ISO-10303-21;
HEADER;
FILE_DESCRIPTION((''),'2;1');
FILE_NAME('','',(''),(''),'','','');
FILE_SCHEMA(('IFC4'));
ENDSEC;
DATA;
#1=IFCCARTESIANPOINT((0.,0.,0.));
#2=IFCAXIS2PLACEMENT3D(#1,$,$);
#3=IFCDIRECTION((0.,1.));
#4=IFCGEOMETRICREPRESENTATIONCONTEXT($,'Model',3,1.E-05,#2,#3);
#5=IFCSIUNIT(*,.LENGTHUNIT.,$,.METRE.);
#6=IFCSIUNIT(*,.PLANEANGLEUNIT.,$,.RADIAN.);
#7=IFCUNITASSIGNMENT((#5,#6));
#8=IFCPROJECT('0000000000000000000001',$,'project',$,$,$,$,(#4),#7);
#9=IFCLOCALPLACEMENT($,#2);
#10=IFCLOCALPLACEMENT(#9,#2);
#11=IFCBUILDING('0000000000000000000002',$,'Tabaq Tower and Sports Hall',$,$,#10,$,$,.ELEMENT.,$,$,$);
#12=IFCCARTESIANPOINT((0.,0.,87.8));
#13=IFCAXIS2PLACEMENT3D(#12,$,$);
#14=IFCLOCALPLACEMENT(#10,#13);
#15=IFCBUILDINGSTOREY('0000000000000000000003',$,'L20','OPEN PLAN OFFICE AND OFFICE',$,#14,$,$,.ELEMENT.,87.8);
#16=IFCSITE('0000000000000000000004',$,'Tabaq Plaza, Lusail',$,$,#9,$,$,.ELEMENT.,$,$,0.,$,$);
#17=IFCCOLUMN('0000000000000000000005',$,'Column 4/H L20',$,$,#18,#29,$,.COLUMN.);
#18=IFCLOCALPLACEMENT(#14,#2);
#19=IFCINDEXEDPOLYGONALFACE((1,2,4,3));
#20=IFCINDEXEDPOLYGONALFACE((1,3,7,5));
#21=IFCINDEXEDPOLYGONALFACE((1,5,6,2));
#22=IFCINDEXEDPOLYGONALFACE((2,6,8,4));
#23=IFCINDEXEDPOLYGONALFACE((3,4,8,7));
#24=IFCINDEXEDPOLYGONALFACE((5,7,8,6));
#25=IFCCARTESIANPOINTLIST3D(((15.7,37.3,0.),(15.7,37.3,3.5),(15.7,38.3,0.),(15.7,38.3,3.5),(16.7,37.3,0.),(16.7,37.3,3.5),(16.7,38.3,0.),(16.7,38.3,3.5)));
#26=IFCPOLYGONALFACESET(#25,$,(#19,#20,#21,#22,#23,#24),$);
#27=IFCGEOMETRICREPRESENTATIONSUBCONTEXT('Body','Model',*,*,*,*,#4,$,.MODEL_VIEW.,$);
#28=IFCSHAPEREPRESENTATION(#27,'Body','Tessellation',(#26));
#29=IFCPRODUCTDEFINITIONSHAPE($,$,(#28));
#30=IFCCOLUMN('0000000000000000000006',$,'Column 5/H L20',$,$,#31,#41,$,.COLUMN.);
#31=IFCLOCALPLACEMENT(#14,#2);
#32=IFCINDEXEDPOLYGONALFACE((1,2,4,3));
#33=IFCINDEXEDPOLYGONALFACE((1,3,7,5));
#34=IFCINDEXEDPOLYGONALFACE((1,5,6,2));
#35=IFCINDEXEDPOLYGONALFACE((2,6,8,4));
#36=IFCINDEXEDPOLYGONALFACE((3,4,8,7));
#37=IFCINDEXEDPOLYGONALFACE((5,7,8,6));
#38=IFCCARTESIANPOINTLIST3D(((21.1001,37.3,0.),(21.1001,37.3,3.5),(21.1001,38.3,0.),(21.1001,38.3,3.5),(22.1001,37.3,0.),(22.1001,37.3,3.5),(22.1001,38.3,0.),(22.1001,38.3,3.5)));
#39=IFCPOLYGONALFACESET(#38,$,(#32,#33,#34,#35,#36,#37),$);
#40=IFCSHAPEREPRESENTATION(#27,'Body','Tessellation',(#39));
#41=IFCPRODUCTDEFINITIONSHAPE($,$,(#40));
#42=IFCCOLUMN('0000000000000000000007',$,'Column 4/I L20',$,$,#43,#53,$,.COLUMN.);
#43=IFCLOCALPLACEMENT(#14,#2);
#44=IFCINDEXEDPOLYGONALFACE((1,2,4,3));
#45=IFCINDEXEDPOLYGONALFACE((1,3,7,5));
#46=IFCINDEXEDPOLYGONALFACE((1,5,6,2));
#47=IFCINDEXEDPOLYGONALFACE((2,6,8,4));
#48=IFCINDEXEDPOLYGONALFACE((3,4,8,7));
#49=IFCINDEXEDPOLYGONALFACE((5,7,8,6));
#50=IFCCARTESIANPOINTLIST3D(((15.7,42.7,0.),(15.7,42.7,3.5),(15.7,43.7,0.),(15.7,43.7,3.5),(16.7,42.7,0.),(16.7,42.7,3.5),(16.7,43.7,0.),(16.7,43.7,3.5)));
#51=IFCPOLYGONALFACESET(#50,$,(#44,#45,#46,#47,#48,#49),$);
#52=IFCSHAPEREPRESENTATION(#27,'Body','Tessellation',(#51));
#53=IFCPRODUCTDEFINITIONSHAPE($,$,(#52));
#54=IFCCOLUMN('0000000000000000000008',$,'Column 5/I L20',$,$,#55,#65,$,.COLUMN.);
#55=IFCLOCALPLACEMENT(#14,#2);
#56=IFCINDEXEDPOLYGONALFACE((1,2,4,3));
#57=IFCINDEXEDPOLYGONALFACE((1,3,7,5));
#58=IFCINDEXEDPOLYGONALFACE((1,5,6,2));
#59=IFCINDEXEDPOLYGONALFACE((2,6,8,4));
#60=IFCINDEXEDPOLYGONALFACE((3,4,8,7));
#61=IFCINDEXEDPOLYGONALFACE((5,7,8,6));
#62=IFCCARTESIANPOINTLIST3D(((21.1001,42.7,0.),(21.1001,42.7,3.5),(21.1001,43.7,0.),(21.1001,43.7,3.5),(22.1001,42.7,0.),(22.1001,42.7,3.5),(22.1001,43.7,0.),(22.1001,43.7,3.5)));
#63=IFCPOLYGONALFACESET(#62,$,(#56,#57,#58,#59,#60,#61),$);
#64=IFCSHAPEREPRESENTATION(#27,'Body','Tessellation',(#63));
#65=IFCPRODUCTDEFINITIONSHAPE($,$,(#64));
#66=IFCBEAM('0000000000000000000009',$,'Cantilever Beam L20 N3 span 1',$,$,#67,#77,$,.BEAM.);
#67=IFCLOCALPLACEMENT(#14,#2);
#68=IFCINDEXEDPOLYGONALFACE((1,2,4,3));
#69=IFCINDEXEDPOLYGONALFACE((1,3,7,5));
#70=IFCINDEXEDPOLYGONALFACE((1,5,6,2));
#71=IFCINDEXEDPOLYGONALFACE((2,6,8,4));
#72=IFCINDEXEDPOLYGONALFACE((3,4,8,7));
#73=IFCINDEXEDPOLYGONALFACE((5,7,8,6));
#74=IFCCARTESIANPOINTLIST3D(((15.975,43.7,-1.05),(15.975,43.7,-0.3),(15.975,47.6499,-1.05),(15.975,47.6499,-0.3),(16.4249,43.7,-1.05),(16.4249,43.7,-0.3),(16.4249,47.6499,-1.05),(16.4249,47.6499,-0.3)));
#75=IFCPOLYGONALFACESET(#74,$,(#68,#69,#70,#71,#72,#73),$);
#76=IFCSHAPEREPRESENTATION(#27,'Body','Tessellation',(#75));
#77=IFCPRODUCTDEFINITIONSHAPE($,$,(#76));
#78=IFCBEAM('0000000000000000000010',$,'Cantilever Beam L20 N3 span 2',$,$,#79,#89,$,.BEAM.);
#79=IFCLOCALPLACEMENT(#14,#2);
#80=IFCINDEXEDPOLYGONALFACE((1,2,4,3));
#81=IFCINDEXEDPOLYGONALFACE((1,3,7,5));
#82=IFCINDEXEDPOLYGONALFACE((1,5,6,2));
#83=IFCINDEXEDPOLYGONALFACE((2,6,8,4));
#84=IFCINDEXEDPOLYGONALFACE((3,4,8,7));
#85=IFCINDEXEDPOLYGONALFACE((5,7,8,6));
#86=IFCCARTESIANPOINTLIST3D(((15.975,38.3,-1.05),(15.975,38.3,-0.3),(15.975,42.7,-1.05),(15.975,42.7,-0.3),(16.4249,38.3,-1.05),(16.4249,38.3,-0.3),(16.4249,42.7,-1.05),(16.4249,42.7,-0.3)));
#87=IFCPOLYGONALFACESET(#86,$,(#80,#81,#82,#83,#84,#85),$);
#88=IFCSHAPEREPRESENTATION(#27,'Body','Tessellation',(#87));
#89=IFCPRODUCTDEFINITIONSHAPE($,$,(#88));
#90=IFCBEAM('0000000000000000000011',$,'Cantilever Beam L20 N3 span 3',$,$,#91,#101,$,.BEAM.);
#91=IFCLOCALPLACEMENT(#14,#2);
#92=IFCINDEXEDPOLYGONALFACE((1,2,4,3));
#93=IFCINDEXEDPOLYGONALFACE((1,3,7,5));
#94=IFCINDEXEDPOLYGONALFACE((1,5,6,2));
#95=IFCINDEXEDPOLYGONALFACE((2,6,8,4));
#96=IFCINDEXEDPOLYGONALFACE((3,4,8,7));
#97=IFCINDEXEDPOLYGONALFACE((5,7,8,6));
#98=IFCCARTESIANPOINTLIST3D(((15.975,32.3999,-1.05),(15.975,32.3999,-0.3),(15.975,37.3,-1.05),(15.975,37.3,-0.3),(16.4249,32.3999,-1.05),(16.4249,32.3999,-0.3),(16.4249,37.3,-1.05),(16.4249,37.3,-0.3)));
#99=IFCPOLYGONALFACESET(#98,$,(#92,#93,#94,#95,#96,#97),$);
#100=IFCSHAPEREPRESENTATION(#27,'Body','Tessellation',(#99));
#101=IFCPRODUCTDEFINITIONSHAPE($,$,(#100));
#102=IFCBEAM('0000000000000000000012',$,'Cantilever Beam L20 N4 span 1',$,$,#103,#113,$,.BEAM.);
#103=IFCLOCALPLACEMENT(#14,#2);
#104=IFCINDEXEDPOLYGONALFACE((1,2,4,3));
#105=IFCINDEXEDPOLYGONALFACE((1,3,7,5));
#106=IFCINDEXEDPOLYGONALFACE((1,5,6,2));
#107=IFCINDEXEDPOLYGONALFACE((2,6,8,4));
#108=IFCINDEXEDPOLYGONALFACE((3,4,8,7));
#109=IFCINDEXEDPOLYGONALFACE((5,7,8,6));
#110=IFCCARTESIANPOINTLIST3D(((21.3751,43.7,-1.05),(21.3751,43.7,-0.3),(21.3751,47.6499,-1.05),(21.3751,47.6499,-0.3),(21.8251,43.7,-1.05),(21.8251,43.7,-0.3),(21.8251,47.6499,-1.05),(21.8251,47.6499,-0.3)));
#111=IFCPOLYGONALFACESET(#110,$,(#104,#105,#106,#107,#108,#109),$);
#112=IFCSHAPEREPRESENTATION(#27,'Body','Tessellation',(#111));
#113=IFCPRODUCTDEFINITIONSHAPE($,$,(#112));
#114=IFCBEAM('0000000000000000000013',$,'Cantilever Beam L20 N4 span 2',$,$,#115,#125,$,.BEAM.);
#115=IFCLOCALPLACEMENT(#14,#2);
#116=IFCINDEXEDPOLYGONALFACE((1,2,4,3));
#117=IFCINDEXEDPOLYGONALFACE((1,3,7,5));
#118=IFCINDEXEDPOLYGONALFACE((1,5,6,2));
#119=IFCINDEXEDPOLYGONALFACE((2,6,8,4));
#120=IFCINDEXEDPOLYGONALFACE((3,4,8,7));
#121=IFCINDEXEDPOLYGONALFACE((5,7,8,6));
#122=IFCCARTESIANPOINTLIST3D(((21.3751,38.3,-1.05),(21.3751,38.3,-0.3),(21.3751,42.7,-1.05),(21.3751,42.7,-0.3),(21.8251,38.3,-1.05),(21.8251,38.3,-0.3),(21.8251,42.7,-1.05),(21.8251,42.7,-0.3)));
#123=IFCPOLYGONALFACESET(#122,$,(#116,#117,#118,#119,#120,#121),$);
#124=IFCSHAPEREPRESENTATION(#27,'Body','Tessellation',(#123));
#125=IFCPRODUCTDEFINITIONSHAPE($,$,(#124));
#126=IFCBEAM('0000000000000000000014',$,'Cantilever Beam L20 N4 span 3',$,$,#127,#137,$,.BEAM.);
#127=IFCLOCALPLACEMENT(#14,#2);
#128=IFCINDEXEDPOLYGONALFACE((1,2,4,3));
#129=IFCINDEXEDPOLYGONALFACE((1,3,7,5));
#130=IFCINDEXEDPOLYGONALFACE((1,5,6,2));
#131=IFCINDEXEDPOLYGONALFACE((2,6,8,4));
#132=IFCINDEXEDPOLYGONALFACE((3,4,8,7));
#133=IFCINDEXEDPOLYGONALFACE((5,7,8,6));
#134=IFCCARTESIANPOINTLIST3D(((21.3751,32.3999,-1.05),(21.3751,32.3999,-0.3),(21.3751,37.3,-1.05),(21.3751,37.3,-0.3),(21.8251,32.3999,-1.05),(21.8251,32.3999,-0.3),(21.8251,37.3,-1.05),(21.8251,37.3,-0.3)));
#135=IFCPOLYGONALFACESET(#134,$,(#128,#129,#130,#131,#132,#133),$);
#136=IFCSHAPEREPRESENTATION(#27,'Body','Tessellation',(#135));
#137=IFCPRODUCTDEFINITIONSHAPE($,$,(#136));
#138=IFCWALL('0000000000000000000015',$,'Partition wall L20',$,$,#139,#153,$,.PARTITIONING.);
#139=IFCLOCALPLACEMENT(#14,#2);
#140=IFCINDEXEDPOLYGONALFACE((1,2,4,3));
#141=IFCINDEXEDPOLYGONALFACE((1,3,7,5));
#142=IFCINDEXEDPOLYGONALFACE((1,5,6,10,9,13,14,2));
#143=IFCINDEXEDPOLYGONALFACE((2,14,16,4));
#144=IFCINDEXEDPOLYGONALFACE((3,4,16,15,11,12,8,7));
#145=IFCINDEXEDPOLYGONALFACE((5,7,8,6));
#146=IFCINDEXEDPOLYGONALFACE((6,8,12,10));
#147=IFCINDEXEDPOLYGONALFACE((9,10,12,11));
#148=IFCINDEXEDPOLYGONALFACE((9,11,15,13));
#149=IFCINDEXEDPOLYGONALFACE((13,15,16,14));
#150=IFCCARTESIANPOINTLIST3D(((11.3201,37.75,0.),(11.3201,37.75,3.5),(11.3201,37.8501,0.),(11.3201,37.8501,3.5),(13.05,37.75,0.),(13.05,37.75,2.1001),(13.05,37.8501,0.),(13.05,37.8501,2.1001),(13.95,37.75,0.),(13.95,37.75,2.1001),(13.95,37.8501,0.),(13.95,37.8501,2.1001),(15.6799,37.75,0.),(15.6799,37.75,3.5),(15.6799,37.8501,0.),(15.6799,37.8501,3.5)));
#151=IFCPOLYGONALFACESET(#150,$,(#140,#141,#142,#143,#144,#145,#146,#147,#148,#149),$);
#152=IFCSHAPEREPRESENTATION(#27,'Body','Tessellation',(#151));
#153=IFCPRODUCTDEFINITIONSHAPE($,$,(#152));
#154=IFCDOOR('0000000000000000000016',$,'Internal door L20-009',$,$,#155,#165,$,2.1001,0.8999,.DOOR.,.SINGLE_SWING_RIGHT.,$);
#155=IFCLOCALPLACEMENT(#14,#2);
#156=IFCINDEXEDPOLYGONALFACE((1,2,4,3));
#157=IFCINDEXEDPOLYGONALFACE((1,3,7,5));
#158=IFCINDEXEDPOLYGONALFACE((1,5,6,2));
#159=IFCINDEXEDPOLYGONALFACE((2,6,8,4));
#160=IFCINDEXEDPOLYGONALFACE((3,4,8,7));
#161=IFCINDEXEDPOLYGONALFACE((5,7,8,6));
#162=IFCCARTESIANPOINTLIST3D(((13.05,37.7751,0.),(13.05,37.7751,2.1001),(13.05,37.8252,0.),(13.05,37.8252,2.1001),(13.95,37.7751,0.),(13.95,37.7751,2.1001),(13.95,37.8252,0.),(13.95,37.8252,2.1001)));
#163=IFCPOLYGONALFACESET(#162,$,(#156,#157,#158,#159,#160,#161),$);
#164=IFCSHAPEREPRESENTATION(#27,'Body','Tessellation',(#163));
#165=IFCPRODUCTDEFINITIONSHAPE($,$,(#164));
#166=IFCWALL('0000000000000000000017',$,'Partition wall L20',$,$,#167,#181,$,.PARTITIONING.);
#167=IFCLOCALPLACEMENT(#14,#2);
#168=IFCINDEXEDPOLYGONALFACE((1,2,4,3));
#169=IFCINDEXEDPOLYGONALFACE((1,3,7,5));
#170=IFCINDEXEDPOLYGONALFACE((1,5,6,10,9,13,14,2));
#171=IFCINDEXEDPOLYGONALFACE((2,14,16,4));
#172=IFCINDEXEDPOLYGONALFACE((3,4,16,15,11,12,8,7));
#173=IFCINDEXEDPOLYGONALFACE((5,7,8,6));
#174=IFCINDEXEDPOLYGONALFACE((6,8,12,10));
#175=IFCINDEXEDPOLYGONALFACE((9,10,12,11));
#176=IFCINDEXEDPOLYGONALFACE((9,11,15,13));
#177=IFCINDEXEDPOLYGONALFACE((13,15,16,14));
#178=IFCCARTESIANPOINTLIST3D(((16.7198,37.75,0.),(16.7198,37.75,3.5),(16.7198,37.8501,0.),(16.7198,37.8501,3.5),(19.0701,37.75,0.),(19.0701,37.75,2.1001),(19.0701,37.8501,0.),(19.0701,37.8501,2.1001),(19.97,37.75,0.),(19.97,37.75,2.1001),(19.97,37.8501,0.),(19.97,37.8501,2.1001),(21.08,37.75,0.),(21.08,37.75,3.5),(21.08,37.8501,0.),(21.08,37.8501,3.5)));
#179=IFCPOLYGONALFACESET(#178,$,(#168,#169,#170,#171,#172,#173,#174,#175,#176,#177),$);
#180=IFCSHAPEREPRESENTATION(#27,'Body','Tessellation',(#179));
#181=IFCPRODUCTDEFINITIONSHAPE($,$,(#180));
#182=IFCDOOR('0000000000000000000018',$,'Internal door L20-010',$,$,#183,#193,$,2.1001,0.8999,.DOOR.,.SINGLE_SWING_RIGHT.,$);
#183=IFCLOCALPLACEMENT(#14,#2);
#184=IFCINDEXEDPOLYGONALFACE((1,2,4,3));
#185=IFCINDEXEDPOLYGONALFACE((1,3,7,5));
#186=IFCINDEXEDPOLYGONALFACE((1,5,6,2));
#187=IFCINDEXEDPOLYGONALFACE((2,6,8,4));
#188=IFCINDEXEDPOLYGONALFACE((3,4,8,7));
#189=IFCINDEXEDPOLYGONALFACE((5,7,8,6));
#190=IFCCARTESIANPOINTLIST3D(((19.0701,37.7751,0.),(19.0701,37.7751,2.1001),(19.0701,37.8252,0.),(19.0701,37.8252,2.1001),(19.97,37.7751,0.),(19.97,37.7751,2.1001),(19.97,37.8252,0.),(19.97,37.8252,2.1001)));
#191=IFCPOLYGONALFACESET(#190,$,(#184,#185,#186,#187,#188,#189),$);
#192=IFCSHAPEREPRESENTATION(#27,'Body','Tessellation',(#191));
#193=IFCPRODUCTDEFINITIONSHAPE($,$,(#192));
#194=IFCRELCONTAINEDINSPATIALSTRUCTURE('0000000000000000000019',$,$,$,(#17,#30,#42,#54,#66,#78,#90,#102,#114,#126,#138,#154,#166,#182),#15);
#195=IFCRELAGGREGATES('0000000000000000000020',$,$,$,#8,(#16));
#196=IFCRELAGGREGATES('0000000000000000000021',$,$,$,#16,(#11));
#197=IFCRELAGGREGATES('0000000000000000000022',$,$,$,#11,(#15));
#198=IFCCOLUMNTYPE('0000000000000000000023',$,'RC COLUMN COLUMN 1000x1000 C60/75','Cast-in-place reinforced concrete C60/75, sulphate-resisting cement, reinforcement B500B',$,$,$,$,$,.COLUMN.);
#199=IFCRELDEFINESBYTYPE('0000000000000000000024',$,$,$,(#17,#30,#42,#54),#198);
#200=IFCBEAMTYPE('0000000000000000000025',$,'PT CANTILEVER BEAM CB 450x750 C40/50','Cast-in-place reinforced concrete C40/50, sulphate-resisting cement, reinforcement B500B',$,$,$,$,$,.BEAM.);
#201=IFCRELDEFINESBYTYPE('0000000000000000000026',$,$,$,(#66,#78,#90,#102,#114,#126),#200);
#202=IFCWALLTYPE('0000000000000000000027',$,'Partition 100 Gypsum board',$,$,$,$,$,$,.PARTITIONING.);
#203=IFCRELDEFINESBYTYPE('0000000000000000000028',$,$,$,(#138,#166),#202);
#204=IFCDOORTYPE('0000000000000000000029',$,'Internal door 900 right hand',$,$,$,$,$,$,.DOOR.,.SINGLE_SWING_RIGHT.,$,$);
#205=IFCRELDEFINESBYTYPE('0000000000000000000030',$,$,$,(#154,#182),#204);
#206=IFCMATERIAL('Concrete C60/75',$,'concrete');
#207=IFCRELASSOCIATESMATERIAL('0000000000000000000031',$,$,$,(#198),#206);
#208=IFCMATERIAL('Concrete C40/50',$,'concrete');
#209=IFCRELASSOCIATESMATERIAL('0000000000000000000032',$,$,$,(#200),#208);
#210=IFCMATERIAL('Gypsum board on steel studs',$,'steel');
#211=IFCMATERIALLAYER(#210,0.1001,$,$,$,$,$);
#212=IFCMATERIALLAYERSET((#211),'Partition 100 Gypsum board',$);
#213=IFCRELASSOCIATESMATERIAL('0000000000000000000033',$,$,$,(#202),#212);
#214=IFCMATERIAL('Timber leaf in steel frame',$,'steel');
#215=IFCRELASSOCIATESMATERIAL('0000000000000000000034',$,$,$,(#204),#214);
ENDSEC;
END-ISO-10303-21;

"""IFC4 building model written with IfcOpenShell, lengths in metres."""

from ifc_helpers import new_model, si_unit, direction, frame, frame_2d, origin, origin_2d, place, context, subcontext, project, spatial, rectangle, extrude, material, layer, layer_set, material_profile, profile_set, type_object, element, fill, save


model = new_model("IFC4")

# Units and contexts
model_context = context("Model", 3, precision=1e-05, world=origin(), true_north=direction((0.0, 1.0)))
body_context = subcontext(model_context, "Body", "Model", "MODEL_VIEW")
ifc_project = project(units=[si_unit("LENGTHUNIT", "METRE"), si_unit("PLANEANGLEUNIT", "RADIAN")], contexts=[model_context])

# Site, building, storey
site_placement = place(None, origin())
site = spatial("IfcSite", under=ifc_project, at=site_placement, Name="Tabaq Plaza, Lusail", CompositionType="ELEMENT", RefElevation=0.0)
building_placement = place(site_placement, origin())
building = spatial("IfcBuilding", under=site, at=building_placement, Name="Tabaq Tower and Sports Hall", CompositionType="ELEMENT")
storey_placement = place(building_placement, frame((0.0, 0.0, 87.8)))
storey = spatial("IfcBuildingStorey", under=building, at=storey_placement, Name="L20", Description="OPEN PLAN OFFICE AND OFFICE", CompositionType="ELEMENT", Elevation=87.8)

# Columns
ifc_material_1 = material(Name="Concrete C60/75", Category="concrete")
ifc_material_profile_1 = material_profile(ifc_material_1, rectangle(XDim=1.0, YDim=1.0, at=origin_2d()), Name="COLUMN 1000x1000")
ifc_profile_set_1 = profile_set([ifc_material_profile_1], Name="Concrete C60/75")
column_type = type_object("IfcColumnType", Name="RC COLUMN COLUMN 1000x1000 C60/75", Description="Cast-in-place reinforced concrete C60/75, sulphate-resisting cement, reinforcement B500B", PredefinedType="COLUMN", material=ifc_profile_set_1)
for number, where, z_axis, x_axis, name in (
    (1, (16.2, 37.8, 0.0), (0.0, 0.0, 1.0), (1.0, 0.0, 0.0), "Column 4/H L20"),
    (2, (21.6001, 37.8, 0.0), (0.0, 0.0, 1.0), (1.0, 0.0, 0.0), "Column 5/H L20"),
    (3, (16.2, 43.2, 0.0), (0.0, 0.0, 1.0), (1.0, 0.0, 0.0), "Column 4/I L20"),
    (4, (21.6001, 43.2, 0.0), (0.0, 0.0, 1.0), (1.0, 0.0, 0.0), "Column 5/I L20"),
):
    element("IfcColumn", number, at=place(storey_placement, frame(where, z_axis=z_axis, x_axis=x_axis)), inside=storey, type_object=column_type, Name=name, PredefinedType="COLUMN", context=body_context, shape_type="SweptSolid", body=[
        extrude(rectangle(XDim=1.0, YDim=1.0, at=origin_2d()), origin(), (0.0, 0.0, 1.0), 3.5),
    ])

# Beams
ifc_material_2 = material(Name="Concrete C40/50", Category="concrete")
ifc_material_profile_2 = material_profile(ifc_material_2, rectangle(XDim=0.45, YDim=0.75, at=origin_2d()), Name="CB 450x750")
ifc_profile_set_2 = profile_set([ifc_material_profile_2], Name="Concrete C40/50")
beam_type = type_object("IfcBeamType", Name="PT CANTILEVER BEAM CB 450x750 C40/50", Description="Cast-in-place reinforced concrete C40/50, sulphate-resisting cement, reinforcement B500B", PredefinedType="BEAM", material=ifc_profile_set_2)
beam_1_placement = place(storey_placement, frame((16.2, 47.6499, -0.675), z_axis=(0.0, -1.0, 0.0), x_axis=(1.0, 0.0, 0.0)))
element("IfcBeam", 5, at=beam_1_placement, inside=storey, type_object=beam_type, Name="Cantilever Beam L20 N3 span 1", PredefinedType="BEAM", context=body_context, shape_type="SweptSolid", body=[
    extrude(rectangle(XDim=0.45, YDim=0.75, at=origin_2d()), origin(), (0.0, 0.0, 1.0), 3.95),
])
beam_2_placement = place(storey_placement, frame((16.2, 42.7, -0.675), z_axis=(0.0, -1.0, 0.0), x_axis=(1.0, 0.0, 0.0)))
element("IfcBeam", 6, at=beam_2_placement, inside=storey, type_object=beam_type, Name="Cantilever Beam L20 N3 span 2", PredefinedType="BEAM", context=body_context, shape_type="SweptSolid", body=[
    extrude(rectangle(XDim=0.45, YDim=0.75, at=origin_2d()), origin(), (0.0, 0.0, 1.0), 4.3999),
])
beam_3_placement = place(storey_placement, frame((16.2, 37.3, -0.675), z_axis=(0.0, -1.0, 0.0), x_axis=(1.0, 0.0, 0.0)))
element("IfcBeam", 7, at=beam_3_placement, inside=storey, type_object=beam_type, Name="Cantilever Beam L20 N3 span 3", PredefinedType="BEAM", context=body_context, shape_type="SweptSolid", body=[
    extrude(rectangle(XDim=0.45, YDim=0.75, at=origin_2d()), origin(), (0.0, 0.0, 1.0), 4.9001),
])
beam_4_placement = place(storey_placement, frame((21.6001, 47.6499, -0.675), z_axis=(0.0, -1.0, 0.0), x_axis=(1.0, 0.0, 0.0)))
element("IfcBeam", 8, at=beam_4_placement, inside=storey, type_object=beam_type, Name="Cantilever Beam L20 N4 span 1", PredefinedType="BEAM", context=body_context, shape_type="SweptSolid", body=[
    extrude(rectangle(XDim=0.45, YDim=0.75, at=origin_2d()), origin(), (0.0, 0.0, 1.0), 3.95),
])
beam_5_placement = place(storey_placement, frame((21.6001, 42.7, -0.675), z_axis=(0.0, -1.0, 0.0), x_axis=(1.0, 0.0, 0.0)))
element("IfcBeam", 9, at=beam_5_placement, inside=storey, type_object=beam_type, Name="Cantilever Beam L20 N4 span 2", PredefinedType="BEAM", context=body_context, shape_type="SweptSolid", body=[
    extrude(rectangle(XDim=0.45, YDim=0.75, at=origin_2d()), origin(), (0.0, 0.0, 1.0), 4.3999),
])
beam_6_placement = place(storey_placement, frame((21.6001, 37.3, -0.675), z_axis=(0.0, -1.0, 0.0), x_axis=(1.0, 0.0, 0.0)))
element("IfcBeam", 10, at=beam_6_placement, inside=storey, type_object=beam_type, Name="Cantilever Beam L20 N4 span 3", PredefinedType="BEAM", context=body_context, shape_type="SweptSolid", body=[
    extrude(rectangle(XDim=0.45, YDim=0.75, at=origin_2d()), origin(), (0.0, 0.0, 1.0), 4.9001),
])

# Walls, openings, doors
ifc_material_3 = material(Name="Gypsum board on steel studs", Category="steel")
ifc_layer_1 = layer(ifc_material_3, 0.1001)
ifc_layer_set_1 = layer_set([ifc_layer_1], Name="Partition 100 Gypsum board")
wall_type = type_object("IfcWallType", Name="Partition 100 Gypsum board", PredefinedType="PARTITIONING", material=ifc_layer_set_1)
wall_1_placement = place(storey_placement, frame((15.6799, 37.8, 0.0), z_axis=(0.0, 0.0, 1.0), x_axis=(-1.0, 0.0, 0.0)))
wall_1 = element("IfcWall", 11, at=wall_1_placement, inside=storey, type_object=wall_type, Name="Partition wall L20", PredefinedType="PARTITIONING", context=body_context, shape_type="SweptSolid", body=[
    extrude(rectangle(XDim=4.3599, YDim=0.1001, at=frame_2d((2.1799, 0.0))), origin(), (0.0, 0.0, 1.0), 3.5),
])
opening_1_placement = place(wall_1_placement, frame((1.73, 0.0, 0.0)))
opening_1 = element("IfcOpeningElement", 12, at=opening_1_placement, cuts=wall_1, PredefinedType="OPENING", context=body_context, shape_type="SweptSolid", body=[
    extrude(rectangle(XDim=0.8999, YDim=2.1001, at=frame_2d((0.45, 1.05))), frame((0.0, 0.05, 0.0), z_axis=(0.0, -1.0, 0.0), x_axis=(1.0, 0.0, 0.0)), (0.0, 0.0, 1.0), 0.1001),
])
ifc_material_4 = material(Name="Timber leaf in steel frame", Category="steel")
door_type = type_object("IfcDoorType", Name="Internal door 900 right hand", OperationType="SINGLE_SWING_RIGHT", PredefinedType="DOOR", material=ifc_material_4)
door_1_placement = place(opening_1_placement, origin())
door_1 = element("IfcDoor", 13, at=door_1_placement, inside=storey, type_object=door_type, Name="Internal door L20-009", OperationType="SINGLE_SWING_RIGHT", OverallHeight=2.1001, OverallWidth=0.8999, PredefinedType="DOOR", context=body_context, shape_type="SweptSolid", body=[
    extrude(rectangle(XDim=0.8999, YDim=2.1001, at=frame_2d((0.45, 1.05))), frame((0.0, 0.0249, 0.0), z_axis=(0.0, -1.0, 0.0), x_axis=(1.0, 0.0, 0.0)), (0.0, 0.0, 1.0), 0.05),
])
fill(opening_1, door_1)
wall_2_placement = place(storey_placement, frame((21.0801, 37.8, 0.0), z_axis=(0.0, 0.0, 1.0), x_axis=(-1.0, 0.0, 0.0)))
wall_2 = element("IfcWall", 14, at=wall_2_placement, inside=storey, type_object=wall_type, Name="Partition wall L20", PredefinedType="PARTITIONING", context=body_context, shape_type="SweptSolid", body=[
    extrude(rectangle(XDim=4.3601, YDim=0.1001, at=frame_2d((2.1802, 0.0))), origin(), (0.0, 0.0, 1.0), 3.5),
])
opening_2_placement = place(wall_2_placement, frame((1.1101, 0.0, 0.0)))
opening_2 = element("IfcOpeningElement", 15, at=opening_2_placement, cuts=wall_2, PredefinedType="OPENING", context=body_context, shape_type="SweptSolid", body=[
    extrude(rectangle(XDim=0.8999, YDim=2.1001, at=frame_2d((0.45, 1.05))), frame((0.0, 0.05, 0.0), z_axis=(0.0, -1.0, 0.0), x_axis=(1.0, 0.0, 0.0)), (0.0, 0.0, 1.0), 0.1001),
])
door_2_placement = place(opening_2_placement, origin())
door_2 = element("IfcDoor", 16, at=door_2_placement, inside=storey, type_object=door_type, Name="Internal door L20-010", OperationType="SINGLE_SWING_RIGHT", OverallHeight=2.1001, OverallWidth=0.8999, PredefinedType="DOOR", context=body_context, shape_type="SweptSolid", body=[
    extrude(rectangle(XDim=0.8999, YDim=2.1001, at=frame_2d((0.45, 1.05))), frame((0.0, 0.0249, 0.0), z_axis=(0.0, -1.0, 0.0), x_axis=(1.0, 0.0, 0.0)), (0.0, 0.0, 1.0), 0.05),
])
fill(opening_2, door_2)

save(model, "model.ifc")
